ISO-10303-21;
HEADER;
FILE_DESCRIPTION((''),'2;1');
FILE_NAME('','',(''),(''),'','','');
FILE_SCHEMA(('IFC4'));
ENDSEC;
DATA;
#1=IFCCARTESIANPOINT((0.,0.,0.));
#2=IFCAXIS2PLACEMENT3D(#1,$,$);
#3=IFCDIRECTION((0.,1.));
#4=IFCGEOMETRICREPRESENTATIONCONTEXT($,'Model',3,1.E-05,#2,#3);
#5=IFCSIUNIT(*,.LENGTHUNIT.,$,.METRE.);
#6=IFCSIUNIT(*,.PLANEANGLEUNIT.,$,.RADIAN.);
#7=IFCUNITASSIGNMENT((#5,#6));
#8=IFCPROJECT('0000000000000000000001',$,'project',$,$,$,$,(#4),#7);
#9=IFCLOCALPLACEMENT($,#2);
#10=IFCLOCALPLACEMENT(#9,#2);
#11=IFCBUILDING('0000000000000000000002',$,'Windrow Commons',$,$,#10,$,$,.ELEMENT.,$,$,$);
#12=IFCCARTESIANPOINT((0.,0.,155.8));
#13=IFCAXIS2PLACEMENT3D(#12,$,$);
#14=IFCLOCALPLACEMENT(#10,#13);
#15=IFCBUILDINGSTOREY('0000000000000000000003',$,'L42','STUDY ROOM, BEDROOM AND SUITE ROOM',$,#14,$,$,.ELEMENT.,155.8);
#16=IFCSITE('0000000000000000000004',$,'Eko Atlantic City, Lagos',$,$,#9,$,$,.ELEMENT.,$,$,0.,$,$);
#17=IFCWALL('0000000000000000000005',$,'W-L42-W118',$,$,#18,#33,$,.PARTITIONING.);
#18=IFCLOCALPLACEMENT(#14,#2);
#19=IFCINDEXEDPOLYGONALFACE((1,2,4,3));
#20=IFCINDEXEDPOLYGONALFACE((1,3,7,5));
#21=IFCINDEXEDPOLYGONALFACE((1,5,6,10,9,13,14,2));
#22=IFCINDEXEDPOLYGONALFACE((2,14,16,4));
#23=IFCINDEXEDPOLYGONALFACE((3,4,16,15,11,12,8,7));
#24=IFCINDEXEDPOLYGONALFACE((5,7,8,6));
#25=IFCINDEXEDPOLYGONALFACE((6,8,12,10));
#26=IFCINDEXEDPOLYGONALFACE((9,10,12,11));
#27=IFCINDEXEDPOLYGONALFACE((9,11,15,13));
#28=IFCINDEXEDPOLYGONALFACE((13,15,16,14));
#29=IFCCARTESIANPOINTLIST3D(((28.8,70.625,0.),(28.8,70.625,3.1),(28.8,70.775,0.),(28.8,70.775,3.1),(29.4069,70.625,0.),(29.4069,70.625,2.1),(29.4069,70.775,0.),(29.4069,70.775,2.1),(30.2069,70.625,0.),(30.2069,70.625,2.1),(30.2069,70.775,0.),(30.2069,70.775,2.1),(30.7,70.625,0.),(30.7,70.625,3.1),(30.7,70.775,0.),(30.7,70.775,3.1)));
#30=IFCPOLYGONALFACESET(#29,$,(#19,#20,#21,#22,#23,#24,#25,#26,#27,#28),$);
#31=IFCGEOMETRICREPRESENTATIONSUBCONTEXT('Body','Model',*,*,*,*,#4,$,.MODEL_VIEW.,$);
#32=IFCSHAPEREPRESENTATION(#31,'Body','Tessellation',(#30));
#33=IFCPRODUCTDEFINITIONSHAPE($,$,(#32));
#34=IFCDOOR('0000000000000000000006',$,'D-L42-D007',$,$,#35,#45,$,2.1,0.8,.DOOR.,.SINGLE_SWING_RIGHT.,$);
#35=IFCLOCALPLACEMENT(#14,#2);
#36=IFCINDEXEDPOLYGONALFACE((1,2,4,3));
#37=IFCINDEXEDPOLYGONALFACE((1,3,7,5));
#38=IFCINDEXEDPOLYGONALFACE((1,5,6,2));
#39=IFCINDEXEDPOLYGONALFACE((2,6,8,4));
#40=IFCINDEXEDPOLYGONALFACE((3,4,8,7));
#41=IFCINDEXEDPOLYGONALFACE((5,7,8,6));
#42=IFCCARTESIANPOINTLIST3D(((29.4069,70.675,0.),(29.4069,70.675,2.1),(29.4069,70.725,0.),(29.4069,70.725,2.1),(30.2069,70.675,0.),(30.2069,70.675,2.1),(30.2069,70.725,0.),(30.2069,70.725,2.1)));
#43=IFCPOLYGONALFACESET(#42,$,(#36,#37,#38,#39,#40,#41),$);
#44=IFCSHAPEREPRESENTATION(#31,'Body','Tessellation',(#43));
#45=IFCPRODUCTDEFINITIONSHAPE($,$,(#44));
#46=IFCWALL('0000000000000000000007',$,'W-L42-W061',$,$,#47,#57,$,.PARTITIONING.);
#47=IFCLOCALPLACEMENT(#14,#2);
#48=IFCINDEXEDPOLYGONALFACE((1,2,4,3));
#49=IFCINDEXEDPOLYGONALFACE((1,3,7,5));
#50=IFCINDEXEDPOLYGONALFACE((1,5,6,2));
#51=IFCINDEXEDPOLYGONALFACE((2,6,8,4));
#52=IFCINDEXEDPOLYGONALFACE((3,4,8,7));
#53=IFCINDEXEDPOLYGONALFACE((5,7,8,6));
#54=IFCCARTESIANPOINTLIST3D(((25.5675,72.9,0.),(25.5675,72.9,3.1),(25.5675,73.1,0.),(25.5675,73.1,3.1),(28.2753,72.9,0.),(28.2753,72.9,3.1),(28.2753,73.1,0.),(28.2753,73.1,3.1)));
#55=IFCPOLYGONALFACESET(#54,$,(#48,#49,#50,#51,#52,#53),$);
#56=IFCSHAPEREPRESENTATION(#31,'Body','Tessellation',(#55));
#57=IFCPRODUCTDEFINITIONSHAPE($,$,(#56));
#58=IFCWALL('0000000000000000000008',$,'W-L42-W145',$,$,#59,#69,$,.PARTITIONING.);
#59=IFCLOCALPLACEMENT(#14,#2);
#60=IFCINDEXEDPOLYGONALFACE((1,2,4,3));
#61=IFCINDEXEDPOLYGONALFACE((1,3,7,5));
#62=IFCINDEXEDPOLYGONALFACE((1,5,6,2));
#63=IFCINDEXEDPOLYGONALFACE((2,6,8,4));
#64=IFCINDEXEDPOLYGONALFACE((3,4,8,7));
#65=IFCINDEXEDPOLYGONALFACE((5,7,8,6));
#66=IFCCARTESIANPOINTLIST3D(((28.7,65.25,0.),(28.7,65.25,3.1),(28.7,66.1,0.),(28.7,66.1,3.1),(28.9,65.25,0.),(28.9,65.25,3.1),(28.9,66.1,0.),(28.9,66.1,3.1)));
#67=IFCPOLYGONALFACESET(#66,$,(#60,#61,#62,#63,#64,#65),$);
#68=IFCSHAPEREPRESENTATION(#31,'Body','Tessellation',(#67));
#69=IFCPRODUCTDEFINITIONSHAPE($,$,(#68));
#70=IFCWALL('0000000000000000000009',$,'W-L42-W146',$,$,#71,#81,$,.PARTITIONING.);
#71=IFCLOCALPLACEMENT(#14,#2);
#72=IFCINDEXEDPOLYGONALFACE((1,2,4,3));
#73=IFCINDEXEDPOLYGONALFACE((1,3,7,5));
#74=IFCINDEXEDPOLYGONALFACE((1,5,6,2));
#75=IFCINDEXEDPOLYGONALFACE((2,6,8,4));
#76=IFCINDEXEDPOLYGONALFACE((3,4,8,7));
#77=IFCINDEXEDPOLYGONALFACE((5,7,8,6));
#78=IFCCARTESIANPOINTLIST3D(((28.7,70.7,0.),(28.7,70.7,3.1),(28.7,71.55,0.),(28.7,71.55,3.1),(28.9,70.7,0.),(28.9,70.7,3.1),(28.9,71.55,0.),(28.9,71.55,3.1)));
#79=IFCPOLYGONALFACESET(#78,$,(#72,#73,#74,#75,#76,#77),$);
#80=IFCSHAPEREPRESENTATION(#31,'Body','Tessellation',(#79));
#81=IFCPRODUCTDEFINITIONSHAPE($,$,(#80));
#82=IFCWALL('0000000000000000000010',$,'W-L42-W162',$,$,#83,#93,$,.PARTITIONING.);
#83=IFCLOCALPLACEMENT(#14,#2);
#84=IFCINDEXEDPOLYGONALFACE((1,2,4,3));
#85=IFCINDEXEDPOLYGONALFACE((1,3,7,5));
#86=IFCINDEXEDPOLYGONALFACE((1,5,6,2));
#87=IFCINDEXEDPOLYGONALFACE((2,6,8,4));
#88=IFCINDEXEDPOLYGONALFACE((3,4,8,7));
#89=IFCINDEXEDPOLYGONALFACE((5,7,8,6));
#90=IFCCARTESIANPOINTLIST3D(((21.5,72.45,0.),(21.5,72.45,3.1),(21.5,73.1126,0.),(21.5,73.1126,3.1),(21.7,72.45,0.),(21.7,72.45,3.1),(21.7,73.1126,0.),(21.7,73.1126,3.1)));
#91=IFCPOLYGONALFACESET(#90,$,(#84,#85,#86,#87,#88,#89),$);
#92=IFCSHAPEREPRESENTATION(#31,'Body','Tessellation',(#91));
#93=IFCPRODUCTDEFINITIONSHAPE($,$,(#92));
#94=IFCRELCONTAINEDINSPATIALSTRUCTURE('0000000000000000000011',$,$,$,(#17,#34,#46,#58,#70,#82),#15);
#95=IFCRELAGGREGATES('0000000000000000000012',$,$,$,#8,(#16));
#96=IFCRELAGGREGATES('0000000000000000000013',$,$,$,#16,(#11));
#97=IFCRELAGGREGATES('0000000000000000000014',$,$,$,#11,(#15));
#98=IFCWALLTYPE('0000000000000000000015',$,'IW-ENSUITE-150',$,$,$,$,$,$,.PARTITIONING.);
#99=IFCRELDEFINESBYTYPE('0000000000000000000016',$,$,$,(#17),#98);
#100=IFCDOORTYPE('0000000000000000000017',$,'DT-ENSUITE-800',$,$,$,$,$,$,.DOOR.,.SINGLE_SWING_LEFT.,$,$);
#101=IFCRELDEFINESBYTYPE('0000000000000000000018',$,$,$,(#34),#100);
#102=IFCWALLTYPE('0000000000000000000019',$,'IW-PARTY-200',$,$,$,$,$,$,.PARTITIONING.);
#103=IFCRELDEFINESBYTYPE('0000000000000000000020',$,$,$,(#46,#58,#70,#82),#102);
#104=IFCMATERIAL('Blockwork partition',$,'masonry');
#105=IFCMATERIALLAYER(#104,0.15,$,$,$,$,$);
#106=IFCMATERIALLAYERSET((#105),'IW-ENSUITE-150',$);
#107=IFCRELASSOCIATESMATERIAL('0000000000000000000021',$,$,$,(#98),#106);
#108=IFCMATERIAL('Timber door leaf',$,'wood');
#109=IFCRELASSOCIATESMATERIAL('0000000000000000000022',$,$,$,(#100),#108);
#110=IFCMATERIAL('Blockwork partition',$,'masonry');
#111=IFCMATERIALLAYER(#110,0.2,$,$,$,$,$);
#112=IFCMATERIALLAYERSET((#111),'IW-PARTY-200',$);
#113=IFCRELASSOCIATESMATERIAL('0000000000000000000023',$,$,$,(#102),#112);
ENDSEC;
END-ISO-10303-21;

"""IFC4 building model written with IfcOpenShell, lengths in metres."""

from ifc_helpers import new_model, si_unit, direction, frame, frame_2d, origin, place, context, subcontext, project, spatial, rectangle, extrude, material, layer, layer_set, type_object, element, fill, save


model = new_model("IFC4")

# Units and contexts
model_context = context("Model", 3, precision=1e-05, world=origin(), true_north=direction((0.0, 1.0)))
body_context = subcontext(model_context, "Body", "Model", "MODEL_VIEW")
ifc_project = project(units=[si_unit("LENGTHUNIT", "METRE"), si_unit("PLANEANGLEUNIT", "RADIAN")], contexts=[model_context])

# Site, building, storey
site_placement = place(None, origin())
site = spatial("IfcSite", under=ifc_project, at=site_placement, Name="Eko Atlantic City, Lagos", CompositionType="ELEMENT", RefElevation=0.0)
building_placement = place(site_placement, origin())
building = spatial("IfcBuilding", under=site, at=building_placement, Name="Windrow Commons", CompositionType="ELEMENT")
storey_placement = place(building_placement, frame((0.0, 0.0, 155.8)))
storey = spatial("IfcBuildingStorey", under=building, at=storey_placement, Name="L42", Description="STUDY ROOM, BEDROOM AND SUITE ROOM", CompositionType="ELEMENT", Elevation=155.8)

# Shared definitions
ifc_material_1 = material(Name="Blockwork partition", Category="masonry")
ifc_layer_1 = layer(ifc_material_1, 0.15)
ifc_layer_set_1 = layer_set([ifc_layer_1], Name="IW-ENSUITE-150")
wall_type_1 = type_object("IfcWallType", Name="IW-ENSUITE-150", PredefinedType="PARTITIONING", material=ifc_layer_set_1)

# Wall, opening, door
wall_1_placement = place(storey_placement, frame((28.8, 70.7, 0.0), z_axis=(0.0, 0.0, 1.0), x_axis=(1.0, 0.0, 0.0)))
wall_1 = element("IfcWall", 1, at=wall_1_placement, inside=storey, type_object=wall_type_1, Name="W-L42-W118", PredefinedType="PARTITIONING", context=body_context, shape_type="SweptSolid", body=[
    extrude(rectangle(XDim=1.9, YDim=0.15, at=frame_2d((0.95, 0.0))), origin(), (0.0, 0.0, 1.0), 3.1),
])
opening_1_placement = place(wall_1_placement, frame((0.6069, 0.0, 0.0)))
opening_1 = element("IfcOpeningElement", 2, at=opening_1_placement, cuts=wall_1, PredefinedType="OPENING", context=body_context, shape_type="SweptSolid", body=[
    extrude(rectangle(XDim=0.8, YDim=2.1, at=frame_2d((0.4, 1.05))), frame((0.0, 0.085, 0.0), z_axis=(0.0, -1.0, 0.0), x_axis=(1.0, 0.0, 0.0)), (0.0, 0.0, 1.0), 0.17),
])
ifc_material_2 = material(Name="Timber door leaf", Category="wood")
door_type = type_object("IfcDoorType", Name="DT-ENSUITE-800", OperationType="SINGLE_SWING_LEFT", PredefinedType="DOOR", material=ifc_material_2)
door_placement = place(opening_1_placement, origin())
door = element("IfcDoor", 3, at=door_placement, inside=storey, type_object=door_type, Name="D-L42-D007", OperationType="SINGLE_SWING_RIGHT", OverallHeight=2.1, OverallWidth=0.8, PredefinedType="DOOR", context=body_context, shape_type="SweptSolid", body=[
    extrude(rectangle(XDim=0.8, YDim=2.1, at=frame_2d((0.4, 1.05))), frame((0.0, 0.025, 0.0), z_axis=(0.0, -1.0, 0.0), x_axis=(1.0, 0.0, 0.0)), (0.0, 0.0, 1.0), 0.05),
])
fill(opening_1, door)

# Walls
ifc_material_3 = material(Name="Blockwork partition", Category="masonry")
ifc_layer_2 = layer(ifc_material_3, 0.2)
ifc_layer_set_2 = layer_set([ifc_layer_2], Name="IW-PARTY-200")
wall_type_2 = type_object("IfcWallType", Name="IW-PARTY-200", PredefinedType="PARTITIONING", material=ifc_layer_set_2)
wall_2_placement = place(storey_placement, frame((25.5675, 73.0, 0.0), z_axis=(0.0, 0.0, 1.0), x_axis=(1.0, 0.0, 0.0)))
element("IfcWall", 4, at=wall_2_placement, inside=storey, type_object=wall_type_2, Name="W-L42-W061", PredefinedType="PARTITIONING", context=body_context, shape_type="SweptSolid", body=[
    extrude(rectangle(XDim=2.7078, YDim=0.2, at=frame_2d((1.3539, 0.0))), origin(), (0.0, 0.0, 1.0), 3.1),
])
for number, where, z_axis, x_axis, name in (
    (5, (28.8, 65.25, 0.0), (0.0, 0.0, 1.0), (0.0, 1.0, 0.0), "W-L42-W145"),
    (6, (28.8, 70.7, 0.0), (0.0, 0.0, 1.0), (0.0, 1.0, 0.0), "W-L42-W146"),
):
    element("IfcWall", number, at=place(storey_placement, frame(where, z_axis=z_axis, x_axis=x_axis)), inside=storey, type_object=wall_type_2, Name=name, PredefinedType="PARTITIONING", context=body_context, shape_type="SweptSolid", body=[
        extrude(rectangle(XDim=0.85, YDim=0.2, at=frame_2d((0.425, 0.0))), origin(), (0.0, 0.0, 1.0), 3.1),
    ])
wall_3_placement = place(storey_placement, frame((21.6, 72.45, 0.0), z_axis=(0.0, 0.0, 1.0), x_axis=(0.0, 1.0, 0.0)))
element("IfcWall", 7, at=wall_3_placement, inside=storey, type_object=wall_type_2, Name="W-L42-W162", PredefinedType="PARTITIONING", context=body_context, shape_type="SweptSolid", body=[
    extrude(rectangle(XDim=0.6627, YDim=0.2, at=frame_2d((0.3313, 0.0))), origin(), (0.0, 0.0, 1.0), 3.1),
])

save(model, "model.ifc")
